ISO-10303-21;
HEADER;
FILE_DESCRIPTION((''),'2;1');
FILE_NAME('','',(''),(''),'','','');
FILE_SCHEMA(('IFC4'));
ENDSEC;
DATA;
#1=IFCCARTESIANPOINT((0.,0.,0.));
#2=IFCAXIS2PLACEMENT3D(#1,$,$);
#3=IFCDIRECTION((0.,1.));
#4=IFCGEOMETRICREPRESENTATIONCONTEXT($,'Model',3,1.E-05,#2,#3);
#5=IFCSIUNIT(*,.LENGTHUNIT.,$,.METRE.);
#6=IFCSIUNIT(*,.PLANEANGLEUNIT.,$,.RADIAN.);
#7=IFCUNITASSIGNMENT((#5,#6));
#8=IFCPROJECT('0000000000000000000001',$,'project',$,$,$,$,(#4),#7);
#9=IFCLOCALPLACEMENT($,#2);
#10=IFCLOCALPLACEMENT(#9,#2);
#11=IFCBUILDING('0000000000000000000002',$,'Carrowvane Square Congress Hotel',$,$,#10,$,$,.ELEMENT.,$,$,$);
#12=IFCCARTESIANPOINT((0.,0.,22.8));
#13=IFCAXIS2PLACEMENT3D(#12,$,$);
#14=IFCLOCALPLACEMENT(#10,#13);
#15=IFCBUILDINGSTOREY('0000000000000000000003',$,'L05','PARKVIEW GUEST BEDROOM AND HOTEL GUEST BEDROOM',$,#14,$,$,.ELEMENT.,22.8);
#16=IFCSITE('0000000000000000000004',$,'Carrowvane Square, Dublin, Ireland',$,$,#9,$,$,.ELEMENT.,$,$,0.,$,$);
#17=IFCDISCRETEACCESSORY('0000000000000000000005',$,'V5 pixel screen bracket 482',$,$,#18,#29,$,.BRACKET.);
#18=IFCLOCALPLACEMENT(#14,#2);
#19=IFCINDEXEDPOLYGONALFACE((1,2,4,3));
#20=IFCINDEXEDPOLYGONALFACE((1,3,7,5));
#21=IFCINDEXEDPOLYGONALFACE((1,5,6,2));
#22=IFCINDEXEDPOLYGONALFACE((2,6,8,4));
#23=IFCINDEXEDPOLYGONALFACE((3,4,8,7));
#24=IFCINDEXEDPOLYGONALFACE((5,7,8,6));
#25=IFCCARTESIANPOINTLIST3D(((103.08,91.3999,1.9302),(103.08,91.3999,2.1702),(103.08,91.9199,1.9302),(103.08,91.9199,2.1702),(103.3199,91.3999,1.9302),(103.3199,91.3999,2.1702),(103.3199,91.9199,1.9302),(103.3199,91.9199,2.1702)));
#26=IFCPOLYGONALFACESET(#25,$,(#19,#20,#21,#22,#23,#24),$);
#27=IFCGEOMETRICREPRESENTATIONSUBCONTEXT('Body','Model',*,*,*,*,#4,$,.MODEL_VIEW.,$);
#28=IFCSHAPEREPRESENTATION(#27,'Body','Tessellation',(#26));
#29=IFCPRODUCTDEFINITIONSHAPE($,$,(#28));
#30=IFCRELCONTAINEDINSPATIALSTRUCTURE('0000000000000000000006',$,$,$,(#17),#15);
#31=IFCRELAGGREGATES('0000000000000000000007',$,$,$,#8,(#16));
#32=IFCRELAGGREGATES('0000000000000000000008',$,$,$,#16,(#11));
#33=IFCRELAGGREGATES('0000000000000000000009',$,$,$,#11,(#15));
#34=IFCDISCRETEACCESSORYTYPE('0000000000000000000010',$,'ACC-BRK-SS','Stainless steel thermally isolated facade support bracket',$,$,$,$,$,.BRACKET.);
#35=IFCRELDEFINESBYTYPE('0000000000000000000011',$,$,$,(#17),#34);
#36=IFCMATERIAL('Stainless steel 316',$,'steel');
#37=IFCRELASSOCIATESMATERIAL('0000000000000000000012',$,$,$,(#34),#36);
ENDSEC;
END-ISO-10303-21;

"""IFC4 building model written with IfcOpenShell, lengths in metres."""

from ifc_helpers import new_model, si_unit, direction, frame, origin, origin_2d, place, context, subcontext, project, spatial, rectangle, extrude, material, type_object, element, save


model = new_model("IFC4")

# Units and contexts
model_context = context("Model", 3, precision=1e-05, world=origin(), true_north=direction((0.0, 1.0)))
body_context = subcontext(model_context, "Body", "Model", "MODEL_VIEW")
ifc_project = project(units=[si_unit("LENGTHUNIT", "METRE"), si_unit("PLANEANGLEUNIT", "RADIAN")], contexts=[model_context])

# Site, building, storey
site_placement = place(None, origin())
site = spatial("IfcSite", under=ifc_project, at=site_placement, Name="Carrowvane Square, Dublin, Ireland", CompositionType="ELEMENT", RefElevation=0.0)
building_placement = place(site_placement, origin())
building = spatial("IfcBuilding", under=site, at=building_placement, Name="Carrowvane Square Congress Hotel", CompositionType="ELEMENT")
storey_placement = place(building_placement, frame((0.0, 0.0, 22.8)))
storey = spatial("IfcBuildingStorey", under=building, at=storey_placement, Name="L05", Description="PARKVIEW GUEST BEDROOM AND HOTEL GUEST BEDROOM", CompositionType="ELEMENT", Elevation=22.8)

# Discrete accessory
ifc_material_1 = material(Name="Stainless steel 316", Category="steel")
discrete_accessory_type = type_object("IfcDiscreteAccessoryType", Name="ACC-BRK-SS", Description="Stainless steel thermally isolated facade support bracket", PredefinedType="BRACKET", material=ifc_material_1)
for number, where, z_axis, x_axis, name in (
    (1, (103.2, 91.6599, 1.9302), (0.0, 0.0, 1.0), (-1.0, 0.0, 0.0), "V5 pixel screen bracket 482"),
):
    element("IfcDiscreteAccessory", number, at=place(storey_placement, frame(where, z_axis=z_axis, x_axis=x_axis)), inside=storey, type_object=discrete_accessory_type, Name=name, PredefinedType="BRACKET", context=body_context, shape_type="SweptSolid", body=[
        extrude(rectangle(XDim=0.24, YDim=0.52, at=origin_2d()), origin(), (0.0, 0.0, 1.0), 0.24),
    ])

save(model, "model.ifc")
